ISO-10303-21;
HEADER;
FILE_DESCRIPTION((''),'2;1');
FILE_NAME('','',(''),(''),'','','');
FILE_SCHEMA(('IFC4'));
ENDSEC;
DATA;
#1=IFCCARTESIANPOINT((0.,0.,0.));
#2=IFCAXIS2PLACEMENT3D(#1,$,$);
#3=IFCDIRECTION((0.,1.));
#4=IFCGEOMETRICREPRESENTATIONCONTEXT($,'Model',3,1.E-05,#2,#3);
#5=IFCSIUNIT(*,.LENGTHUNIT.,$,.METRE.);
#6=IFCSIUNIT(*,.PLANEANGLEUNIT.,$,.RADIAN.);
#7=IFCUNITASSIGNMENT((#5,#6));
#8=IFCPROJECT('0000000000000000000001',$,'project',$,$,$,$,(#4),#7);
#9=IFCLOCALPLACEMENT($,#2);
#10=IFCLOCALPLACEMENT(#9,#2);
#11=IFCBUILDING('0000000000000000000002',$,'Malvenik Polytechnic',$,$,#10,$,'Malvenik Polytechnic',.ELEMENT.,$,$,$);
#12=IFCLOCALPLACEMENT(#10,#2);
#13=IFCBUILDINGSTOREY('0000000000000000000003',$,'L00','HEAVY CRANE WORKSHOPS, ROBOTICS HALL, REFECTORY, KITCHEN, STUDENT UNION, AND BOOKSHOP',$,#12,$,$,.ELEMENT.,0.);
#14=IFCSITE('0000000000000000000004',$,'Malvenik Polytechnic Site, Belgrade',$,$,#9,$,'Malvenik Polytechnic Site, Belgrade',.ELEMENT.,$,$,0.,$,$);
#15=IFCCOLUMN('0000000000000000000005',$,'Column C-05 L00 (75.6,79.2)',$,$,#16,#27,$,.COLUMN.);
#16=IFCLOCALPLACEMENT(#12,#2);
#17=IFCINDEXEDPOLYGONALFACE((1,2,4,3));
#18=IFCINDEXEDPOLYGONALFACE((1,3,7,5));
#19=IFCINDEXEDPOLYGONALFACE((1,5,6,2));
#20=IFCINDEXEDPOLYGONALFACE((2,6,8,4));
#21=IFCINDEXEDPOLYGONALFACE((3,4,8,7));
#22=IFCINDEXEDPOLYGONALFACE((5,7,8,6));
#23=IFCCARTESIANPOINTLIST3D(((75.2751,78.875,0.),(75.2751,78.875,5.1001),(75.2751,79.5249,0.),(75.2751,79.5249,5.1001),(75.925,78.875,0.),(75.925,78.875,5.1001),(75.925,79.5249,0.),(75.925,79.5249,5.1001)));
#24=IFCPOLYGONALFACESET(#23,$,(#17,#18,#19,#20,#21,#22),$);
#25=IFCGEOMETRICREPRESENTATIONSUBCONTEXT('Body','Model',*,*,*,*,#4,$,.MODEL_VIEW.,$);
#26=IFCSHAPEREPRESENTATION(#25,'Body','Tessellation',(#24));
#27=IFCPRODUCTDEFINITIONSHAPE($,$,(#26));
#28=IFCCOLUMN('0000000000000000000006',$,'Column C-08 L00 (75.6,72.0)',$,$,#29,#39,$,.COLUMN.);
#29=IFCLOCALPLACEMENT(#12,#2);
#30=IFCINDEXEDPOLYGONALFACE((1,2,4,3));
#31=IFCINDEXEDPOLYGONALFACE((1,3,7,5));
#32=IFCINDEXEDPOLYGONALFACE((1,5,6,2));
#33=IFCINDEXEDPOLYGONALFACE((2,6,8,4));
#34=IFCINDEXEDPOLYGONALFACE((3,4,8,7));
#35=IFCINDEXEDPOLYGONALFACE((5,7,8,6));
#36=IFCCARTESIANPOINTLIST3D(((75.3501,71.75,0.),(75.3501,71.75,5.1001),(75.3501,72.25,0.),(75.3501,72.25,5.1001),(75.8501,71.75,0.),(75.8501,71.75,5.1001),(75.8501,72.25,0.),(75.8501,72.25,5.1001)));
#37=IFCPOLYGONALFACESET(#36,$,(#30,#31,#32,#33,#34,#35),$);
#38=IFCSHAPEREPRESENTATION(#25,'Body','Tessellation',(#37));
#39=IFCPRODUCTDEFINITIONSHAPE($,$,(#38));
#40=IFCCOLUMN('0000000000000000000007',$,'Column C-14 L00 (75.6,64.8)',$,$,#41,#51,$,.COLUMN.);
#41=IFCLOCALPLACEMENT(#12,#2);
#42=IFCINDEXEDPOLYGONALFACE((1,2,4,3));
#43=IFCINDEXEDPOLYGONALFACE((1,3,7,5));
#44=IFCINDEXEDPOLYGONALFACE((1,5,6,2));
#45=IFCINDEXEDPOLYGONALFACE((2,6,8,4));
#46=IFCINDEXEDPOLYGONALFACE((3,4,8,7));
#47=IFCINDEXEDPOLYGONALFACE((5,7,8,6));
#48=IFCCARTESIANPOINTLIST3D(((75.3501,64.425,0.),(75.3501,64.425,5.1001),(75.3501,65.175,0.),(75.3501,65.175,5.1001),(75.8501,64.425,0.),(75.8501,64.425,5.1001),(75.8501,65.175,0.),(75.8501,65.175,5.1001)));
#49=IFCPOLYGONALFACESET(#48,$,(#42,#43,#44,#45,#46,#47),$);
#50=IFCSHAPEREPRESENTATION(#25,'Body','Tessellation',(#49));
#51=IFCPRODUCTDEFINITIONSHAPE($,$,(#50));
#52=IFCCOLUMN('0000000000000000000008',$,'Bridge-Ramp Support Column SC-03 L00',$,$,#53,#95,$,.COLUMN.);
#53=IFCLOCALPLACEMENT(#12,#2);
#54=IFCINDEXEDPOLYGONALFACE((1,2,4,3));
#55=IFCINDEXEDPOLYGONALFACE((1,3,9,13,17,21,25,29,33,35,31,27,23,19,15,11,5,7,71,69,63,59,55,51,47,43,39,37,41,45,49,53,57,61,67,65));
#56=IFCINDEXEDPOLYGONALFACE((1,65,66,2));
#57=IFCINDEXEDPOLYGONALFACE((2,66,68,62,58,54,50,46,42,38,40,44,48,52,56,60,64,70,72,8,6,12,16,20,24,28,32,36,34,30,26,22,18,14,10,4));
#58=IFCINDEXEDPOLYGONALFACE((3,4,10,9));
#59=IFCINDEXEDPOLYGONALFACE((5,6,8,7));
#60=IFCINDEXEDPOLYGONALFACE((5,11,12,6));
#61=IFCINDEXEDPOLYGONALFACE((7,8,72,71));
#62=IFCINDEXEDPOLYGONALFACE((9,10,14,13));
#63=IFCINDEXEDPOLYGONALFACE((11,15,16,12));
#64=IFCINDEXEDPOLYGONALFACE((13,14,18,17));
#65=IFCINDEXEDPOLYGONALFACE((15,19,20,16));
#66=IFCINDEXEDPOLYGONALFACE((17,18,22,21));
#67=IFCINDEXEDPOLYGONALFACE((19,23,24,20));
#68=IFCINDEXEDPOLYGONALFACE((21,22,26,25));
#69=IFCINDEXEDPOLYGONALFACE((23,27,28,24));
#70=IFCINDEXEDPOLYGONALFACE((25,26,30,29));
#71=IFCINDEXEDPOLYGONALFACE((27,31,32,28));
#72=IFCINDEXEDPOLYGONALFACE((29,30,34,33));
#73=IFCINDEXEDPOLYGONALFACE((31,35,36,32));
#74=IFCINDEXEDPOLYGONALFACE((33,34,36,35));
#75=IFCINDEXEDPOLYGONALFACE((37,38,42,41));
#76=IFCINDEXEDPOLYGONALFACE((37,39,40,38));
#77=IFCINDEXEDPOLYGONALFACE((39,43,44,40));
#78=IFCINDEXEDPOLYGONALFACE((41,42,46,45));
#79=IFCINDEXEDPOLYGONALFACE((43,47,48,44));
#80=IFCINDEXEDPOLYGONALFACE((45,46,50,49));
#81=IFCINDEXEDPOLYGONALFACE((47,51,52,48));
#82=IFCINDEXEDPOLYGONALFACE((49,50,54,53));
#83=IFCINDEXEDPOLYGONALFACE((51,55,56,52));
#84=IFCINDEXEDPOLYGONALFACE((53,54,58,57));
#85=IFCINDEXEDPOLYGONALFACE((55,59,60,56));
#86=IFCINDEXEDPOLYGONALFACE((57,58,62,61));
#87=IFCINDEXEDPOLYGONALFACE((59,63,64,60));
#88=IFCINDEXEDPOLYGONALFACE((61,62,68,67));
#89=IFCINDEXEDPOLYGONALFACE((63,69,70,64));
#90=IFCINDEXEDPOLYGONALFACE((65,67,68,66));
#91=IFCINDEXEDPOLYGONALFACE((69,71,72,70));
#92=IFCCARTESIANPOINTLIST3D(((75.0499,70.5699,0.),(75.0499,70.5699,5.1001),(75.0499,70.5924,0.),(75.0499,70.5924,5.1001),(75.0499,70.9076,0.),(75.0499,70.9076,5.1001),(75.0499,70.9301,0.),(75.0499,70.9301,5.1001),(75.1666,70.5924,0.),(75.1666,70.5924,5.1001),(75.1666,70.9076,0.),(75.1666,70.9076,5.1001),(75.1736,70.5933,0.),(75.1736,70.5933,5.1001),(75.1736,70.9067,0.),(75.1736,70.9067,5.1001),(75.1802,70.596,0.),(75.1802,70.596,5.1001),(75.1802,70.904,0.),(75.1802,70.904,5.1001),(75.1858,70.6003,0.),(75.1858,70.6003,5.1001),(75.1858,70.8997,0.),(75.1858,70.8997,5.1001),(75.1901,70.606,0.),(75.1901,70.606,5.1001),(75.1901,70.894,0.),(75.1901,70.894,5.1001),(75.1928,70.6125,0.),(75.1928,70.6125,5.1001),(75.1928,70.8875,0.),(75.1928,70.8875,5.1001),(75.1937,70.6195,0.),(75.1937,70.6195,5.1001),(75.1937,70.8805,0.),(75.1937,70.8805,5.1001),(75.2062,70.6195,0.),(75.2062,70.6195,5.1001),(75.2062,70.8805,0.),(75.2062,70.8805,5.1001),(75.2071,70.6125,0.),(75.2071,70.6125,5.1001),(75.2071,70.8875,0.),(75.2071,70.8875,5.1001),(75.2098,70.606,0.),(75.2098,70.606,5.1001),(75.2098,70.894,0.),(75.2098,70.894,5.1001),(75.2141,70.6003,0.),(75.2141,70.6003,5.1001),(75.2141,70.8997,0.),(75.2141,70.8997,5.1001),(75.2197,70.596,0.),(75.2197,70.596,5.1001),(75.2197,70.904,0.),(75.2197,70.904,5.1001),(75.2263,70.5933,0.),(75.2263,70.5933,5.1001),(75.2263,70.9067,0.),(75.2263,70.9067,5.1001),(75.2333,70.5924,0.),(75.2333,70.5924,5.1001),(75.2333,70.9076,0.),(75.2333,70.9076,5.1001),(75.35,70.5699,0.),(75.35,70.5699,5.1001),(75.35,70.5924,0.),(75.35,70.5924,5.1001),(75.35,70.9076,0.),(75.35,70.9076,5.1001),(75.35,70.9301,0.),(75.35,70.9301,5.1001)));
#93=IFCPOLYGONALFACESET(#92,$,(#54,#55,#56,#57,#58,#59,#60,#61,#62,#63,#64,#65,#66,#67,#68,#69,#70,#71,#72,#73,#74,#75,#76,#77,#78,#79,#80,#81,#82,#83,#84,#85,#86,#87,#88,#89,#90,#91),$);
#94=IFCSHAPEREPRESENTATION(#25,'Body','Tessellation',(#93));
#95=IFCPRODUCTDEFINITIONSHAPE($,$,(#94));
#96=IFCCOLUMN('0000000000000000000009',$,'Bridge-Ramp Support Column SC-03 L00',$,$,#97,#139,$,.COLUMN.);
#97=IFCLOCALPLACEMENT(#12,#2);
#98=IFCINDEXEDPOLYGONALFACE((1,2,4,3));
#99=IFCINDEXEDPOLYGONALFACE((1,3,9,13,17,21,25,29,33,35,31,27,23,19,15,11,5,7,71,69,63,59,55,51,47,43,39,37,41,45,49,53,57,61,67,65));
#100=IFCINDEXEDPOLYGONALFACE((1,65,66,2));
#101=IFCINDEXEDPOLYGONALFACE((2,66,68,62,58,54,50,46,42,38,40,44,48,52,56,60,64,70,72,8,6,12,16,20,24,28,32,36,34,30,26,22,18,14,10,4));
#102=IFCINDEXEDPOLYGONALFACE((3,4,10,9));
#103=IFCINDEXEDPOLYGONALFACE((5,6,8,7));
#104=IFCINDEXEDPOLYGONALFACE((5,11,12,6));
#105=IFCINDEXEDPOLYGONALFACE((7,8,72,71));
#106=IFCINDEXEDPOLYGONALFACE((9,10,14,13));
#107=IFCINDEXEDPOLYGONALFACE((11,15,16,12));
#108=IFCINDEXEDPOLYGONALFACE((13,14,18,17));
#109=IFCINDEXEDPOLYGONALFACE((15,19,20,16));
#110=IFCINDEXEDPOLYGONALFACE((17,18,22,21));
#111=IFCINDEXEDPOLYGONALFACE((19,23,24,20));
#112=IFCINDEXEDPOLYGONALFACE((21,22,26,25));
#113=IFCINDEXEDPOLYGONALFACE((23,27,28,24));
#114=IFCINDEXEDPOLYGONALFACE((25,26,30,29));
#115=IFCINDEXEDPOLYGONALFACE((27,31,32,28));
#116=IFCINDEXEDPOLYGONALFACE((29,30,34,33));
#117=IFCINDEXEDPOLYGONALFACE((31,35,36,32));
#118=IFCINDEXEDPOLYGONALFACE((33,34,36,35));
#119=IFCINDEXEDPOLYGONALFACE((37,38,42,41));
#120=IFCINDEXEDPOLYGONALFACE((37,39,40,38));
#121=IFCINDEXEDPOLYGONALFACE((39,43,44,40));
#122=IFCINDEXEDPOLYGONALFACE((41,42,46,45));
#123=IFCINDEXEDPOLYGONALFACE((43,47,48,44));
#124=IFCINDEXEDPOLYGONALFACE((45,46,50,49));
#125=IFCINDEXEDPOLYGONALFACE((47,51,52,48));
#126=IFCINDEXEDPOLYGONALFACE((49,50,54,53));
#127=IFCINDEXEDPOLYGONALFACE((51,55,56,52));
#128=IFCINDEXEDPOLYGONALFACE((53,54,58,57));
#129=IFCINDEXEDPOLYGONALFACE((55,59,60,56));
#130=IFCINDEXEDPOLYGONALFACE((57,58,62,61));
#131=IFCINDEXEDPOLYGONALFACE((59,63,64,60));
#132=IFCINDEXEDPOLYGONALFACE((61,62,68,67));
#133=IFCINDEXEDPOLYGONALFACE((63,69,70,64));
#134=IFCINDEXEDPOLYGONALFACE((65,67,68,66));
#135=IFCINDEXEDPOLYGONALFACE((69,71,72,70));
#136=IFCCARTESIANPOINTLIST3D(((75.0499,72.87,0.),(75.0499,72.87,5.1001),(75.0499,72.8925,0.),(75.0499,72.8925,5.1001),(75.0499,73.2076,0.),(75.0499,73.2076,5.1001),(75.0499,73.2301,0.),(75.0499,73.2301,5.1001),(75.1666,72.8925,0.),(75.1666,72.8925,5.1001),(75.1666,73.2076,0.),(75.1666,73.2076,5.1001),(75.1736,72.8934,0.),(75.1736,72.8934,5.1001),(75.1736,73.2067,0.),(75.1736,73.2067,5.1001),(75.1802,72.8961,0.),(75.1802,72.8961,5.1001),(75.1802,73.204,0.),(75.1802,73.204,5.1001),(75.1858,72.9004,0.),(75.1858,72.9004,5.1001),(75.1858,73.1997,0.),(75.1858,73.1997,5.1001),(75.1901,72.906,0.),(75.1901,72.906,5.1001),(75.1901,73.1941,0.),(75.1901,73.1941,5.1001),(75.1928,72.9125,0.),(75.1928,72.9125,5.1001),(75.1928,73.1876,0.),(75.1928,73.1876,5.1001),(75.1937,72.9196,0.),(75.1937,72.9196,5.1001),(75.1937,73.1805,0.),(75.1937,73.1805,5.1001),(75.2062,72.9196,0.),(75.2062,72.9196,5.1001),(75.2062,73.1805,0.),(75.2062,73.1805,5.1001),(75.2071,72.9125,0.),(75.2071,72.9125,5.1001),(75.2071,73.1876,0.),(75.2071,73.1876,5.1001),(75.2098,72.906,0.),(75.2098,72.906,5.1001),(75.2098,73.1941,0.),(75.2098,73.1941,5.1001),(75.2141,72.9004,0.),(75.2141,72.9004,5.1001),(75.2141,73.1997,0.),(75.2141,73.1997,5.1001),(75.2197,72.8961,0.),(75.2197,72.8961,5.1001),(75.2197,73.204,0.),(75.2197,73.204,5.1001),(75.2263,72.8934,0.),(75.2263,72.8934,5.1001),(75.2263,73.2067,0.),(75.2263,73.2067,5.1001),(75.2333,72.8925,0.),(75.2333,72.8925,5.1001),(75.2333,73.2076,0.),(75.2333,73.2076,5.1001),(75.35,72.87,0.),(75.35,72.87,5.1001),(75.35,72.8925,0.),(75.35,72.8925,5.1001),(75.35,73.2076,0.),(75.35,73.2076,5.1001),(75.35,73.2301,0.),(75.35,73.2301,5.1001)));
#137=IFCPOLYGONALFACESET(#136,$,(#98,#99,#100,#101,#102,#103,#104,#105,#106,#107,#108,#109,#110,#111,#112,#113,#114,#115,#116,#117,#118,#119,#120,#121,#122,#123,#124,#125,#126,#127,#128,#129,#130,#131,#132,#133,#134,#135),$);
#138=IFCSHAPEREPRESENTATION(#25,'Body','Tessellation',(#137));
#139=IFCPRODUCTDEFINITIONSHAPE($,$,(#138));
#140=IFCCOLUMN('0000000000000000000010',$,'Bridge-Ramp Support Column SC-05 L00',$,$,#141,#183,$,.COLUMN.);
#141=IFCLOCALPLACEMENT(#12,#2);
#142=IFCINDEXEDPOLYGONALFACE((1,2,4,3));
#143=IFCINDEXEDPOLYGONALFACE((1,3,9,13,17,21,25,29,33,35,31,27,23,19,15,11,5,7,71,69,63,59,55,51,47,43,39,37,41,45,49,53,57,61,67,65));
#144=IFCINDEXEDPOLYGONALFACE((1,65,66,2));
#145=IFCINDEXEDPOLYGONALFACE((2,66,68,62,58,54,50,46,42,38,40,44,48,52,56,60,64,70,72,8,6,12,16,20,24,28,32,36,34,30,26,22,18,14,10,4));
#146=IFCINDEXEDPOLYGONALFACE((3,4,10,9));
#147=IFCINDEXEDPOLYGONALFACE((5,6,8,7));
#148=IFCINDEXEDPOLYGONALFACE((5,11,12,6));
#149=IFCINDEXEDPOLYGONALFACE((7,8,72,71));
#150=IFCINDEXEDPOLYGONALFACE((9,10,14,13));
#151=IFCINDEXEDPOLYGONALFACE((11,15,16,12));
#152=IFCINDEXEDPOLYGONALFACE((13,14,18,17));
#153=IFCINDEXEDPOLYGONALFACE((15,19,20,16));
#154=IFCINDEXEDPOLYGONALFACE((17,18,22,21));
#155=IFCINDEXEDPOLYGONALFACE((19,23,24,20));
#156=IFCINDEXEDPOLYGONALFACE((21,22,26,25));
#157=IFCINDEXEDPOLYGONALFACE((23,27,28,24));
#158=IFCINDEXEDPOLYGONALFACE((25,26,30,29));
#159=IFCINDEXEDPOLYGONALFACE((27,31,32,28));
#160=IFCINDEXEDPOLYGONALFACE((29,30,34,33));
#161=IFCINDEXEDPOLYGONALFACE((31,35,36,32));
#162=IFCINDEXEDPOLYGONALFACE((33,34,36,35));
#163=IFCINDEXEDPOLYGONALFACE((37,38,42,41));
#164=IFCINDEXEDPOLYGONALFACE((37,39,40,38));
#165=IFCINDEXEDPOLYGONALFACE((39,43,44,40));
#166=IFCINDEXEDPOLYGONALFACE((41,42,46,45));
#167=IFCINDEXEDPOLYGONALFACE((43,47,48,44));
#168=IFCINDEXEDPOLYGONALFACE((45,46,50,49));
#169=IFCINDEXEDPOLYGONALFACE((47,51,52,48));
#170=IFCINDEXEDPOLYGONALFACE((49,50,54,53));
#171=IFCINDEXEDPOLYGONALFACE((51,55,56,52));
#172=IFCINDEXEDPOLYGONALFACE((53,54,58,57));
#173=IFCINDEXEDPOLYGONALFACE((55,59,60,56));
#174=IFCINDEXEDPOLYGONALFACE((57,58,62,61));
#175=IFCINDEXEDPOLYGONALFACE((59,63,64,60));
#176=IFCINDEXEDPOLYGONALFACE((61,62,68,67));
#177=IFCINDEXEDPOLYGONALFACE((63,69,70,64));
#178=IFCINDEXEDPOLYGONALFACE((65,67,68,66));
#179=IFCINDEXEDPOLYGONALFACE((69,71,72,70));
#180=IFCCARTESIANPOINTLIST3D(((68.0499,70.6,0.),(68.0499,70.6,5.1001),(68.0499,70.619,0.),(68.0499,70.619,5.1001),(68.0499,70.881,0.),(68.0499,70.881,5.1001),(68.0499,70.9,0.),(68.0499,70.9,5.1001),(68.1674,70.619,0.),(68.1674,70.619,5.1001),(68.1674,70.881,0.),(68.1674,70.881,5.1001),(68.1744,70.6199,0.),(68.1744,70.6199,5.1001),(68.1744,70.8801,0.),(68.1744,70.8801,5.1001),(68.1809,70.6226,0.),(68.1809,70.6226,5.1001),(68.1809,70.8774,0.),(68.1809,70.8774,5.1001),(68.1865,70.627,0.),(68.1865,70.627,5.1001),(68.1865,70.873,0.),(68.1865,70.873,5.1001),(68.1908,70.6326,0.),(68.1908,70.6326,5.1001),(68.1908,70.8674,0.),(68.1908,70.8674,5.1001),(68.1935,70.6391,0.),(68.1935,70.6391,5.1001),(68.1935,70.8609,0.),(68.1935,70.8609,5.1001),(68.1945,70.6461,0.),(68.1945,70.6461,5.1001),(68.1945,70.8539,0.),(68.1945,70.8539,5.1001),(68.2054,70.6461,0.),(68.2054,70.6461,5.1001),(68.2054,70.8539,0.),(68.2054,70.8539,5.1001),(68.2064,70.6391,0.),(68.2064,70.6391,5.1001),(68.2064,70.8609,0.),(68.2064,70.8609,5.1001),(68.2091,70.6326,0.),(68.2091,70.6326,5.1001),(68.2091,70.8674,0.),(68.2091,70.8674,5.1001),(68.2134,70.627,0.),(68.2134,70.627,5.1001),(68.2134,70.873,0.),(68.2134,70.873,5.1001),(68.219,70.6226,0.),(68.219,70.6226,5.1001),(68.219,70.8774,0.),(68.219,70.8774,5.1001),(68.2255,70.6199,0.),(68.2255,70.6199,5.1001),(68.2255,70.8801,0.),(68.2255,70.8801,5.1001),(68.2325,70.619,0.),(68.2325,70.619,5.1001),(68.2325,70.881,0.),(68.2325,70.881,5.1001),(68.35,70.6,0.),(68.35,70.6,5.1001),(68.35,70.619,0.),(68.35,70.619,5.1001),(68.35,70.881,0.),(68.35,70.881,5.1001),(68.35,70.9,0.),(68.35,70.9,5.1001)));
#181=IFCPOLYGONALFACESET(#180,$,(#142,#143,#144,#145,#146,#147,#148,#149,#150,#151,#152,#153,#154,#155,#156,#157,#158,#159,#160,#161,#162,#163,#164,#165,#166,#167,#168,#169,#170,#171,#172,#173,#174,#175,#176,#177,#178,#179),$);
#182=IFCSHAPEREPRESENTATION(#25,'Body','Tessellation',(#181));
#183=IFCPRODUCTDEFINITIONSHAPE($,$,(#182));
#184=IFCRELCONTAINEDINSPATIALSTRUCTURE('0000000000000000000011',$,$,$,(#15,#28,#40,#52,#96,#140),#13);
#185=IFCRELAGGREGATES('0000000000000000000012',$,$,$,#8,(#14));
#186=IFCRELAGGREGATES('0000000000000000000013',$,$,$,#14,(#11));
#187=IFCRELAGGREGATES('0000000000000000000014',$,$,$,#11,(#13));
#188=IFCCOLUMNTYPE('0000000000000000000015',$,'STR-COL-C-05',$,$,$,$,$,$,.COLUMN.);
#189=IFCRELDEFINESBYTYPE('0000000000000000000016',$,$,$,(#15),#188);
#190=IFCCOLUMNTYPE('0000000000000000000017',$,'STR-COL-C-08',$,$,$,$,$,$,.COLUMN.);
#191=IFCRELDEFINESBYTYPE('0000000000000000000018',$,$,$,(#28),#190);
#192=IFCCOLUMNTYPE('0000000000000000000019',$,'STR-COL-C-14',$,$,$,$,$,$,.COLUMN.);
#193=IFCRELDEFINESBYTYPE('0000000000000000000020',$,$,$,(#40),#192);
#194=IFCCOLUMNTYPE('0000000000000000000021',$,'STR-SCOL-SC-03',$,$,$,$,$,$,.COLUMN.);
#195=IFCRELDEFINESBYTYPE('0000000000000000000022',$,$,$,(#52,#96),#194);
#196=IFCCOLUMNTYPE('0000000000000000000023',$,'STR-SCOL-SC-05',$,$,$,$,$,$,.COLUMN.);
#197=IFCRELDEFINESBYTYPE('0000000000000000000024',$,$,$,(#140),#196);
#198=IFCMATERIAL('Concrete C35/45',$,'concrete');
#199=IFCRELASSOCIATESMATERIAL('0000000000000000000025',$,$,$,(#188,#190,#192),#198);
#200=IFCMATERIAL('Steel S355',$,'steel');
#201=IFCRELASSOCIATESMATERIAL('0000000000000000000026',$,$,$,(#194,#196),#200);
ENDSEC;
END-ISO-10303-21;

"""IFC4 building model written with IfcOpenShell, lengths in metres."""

from ifc_helpers import new_model, si_unit, direction, frame, origin, origin_2d, place, context, subcontext, project, spatial, rectangle, i_section, extrude, material, material_profile, profile_set, type_object, element, save


model = new_model("IFC4")

# Units and contexts
model_context = context("Model", 3, precision=1e-05, world=origin(), true_north=direction((0.0, 1.0)))
body_context = subcontext(model_context, "Body", "Model", "MODEL_VIEW")
ifc_project = project(units=[si_unit("LENGTHUNIT", "METRE"), si_unit("PLANEANGLEUNIT", "RADIAN")], contexts=[model_context])

# Site, building, storey
site_placement = place(None, origin())
site = spatial("IfcSite", under=ifc_project, at=site_placement, Name="Malvenik Polytechnic Site, Belgrade", LongName="Malvenik Polytechnic Site, Belgrade", CompositionType="ELEMENT", RefElevation=0.0)
building_placement = place(site_placement, origin())
building = spatial("IfcBuilding", under=site, at=building_placement, Name="Malvenik Polytechnic", LongName="Malvenik Polytechnic", CompositionType="ELEMENT")
storey_placement = place(building_placement, origin())
storey = spatial("IfcBuildingStorey", under=building, at=storey_placement, Name="L00", Description="HEAVY CRANE WORKSHOPS, ROBOTICS HALL, REFECTORY, KITCHEN, STUDENT UNION, AND BOOKSHOP", CompositionType="ELEMENT", Elevation=0.0)

# Columns
ifc_material_1 = material(Name="Concrete C35/45", Category="concrete")
ifc_material_profile_1 = material_profile(ifc_material_1, rectangle(XDim=0.6499, YDim=0.6499, at=origin_2d()), Name="RC COL 650x650")
ifc_profile_set_1 = profile_set([ifc_material_profile_1], Name="Concrete C35/45")
column_type_1 = type_object("IfcColumnType", Name="STR-COL-C-05", PredefinedType="COLUMN", material=ifc_profile_set_1)
column_1_placement = place(storey_placement, frame((75.6001, 79.2, 0.0), z_axis=(0.0, 0.0, 1.0), x_axis=(1.0, 0.0, 0.0)))
element("IfcColumn", 1, at=column_1_placement, inside=storey, type_object=column_type_1, Name="Column C-05 L00 (75.6,79.2)", PredefinedType="COLUMN", context=body_context, shape_type="SweptSolid", body=[
    extrude(rectangle(XDim=0.6499, YDim=0.6499, at=origin_2d()), origin(), (0.0, 0.0, 1.0), 5.1001),
])
ifc_material_profile_2 = material_profile(ifc_material_1, rectangle(XDim=0.5, YDim=0.5, at=origin_2d()), Name="RC COL 500x500")
ifc_profile_set_2 = profile_set([ifc_material_profile_2], Name="Concrete C35/45")
column_type_2 = type_object("IfcColumnType", Name="STR-COL-C-08", PredefinedType="COLUMN", material=ifc_profile_set_2)
column_2_placement = place(storey_placement, frame((75.6001, 72.0, 0.0), z_axis=(0.0, 0.0, 1.0), x_axis=(1.0, 0.0, 0.0)))
element("IfcColumn", 2, at=column_2_placement, inside=storey, type_object=column_type_2, Name="Column C-08 L00 (75.6,72.0)", PredefinedType="COLUMN", context=body_context, shape_type="SweptSolid", body=[
    extrude(rectangle(XDim=0.5, YDim=0.5, at=origin_2d()), origin(), (0.0, 0.0, 1.0), 5.1001),
])
ifc_material_profile_3 = material_profile(ifc_material_1, rectangle(XDim=0.5, YDim=0.75, at=origin_2d()), Name="RC COL 750x500")
ifc_profile_set_3 = profile_set([ifc_material_profile_3], Name="Concrete C35/45")
column_type_3 = type_object("IfcColumnType", Name="STR-COL-C-14", PredefinedType="COLUMN", material=ifc_profile_set_3)
column_3_placement = place(storey_placement, frame((75.6001, 64.8, 0.0), z_axis=(0.0, 0.0, 1.0), x_axis=(1.0, 0.0, 0.0)))
element("IfcColumn", 3, at=column_3_placement, inside=storey, type_object=column_type_3, Name="Column C-14 L00 (75.6,64.8)", PredefinedType="COLUMN", context=body_context, shape_type="SweptSolid", body=[
    extrude(rectangle(XDim=0.5, YDim=0.75, at=origin_2d()), origin(), (0.0, 0.0, 1.0), 5.1001),
])
ifc_material_2 = material(Name="Steel S355", Category="steel")
ifc_material_profile_4 = material_profile(ifc_material_2, i_section(OverallWidth=0.3, OverallDepth=0.3601, WebThickness=0.0125, FlangeThickness=0.0225, FilletRadius=0.0271, at=origin_2d()), Name="HEB 360")
ifc_profile_set_4 = profile_set([ifc_material_profile_4], Name="Steel S355")
column_type_4 = type_object("IfcColumnType", Name="STR-SCOL-SC-03", PredefinedType="COLUMN", material=ifc_profile_set_4)
for number, where, z_axis, x_axis, name in (
    (4, (75.2, 70.75, 0.0), (0.0, 0.0, 1.0), (1.0, 0.0, 0.0), "Bridge-Ramp Support Column SC-03 L00"),
    (5, (75.2, 73.05, 0.0), (0.0, 0.0, 1.0), (1.0, 0.0, 0.0), "Bridge-Ramp Support Column SC-03 L00"),
):
    element("IfcColumn", number, at=place(storey_placement, frame(where, z_axis=z_axis, x_axis=x_axis)), inside=storey, type_object=column_type_4, Name=name, PredefinedType="COLUMN", context=body_context, shape_type="SweptSolid", body=[
        extrude(i_section(OverallWidth=0.3, OverallDepth=0.3601, WebThickness=0.0125, FlangeThickness=0.0225, FilletRadius=0.0271, at=origin_2d()), origin(), (0.0, 0.0, 1.0), 5.1001),
    ])
ifc_material_profile_5 = material_profile(ifc_material_2, i_section(OverallWidth=0.3, OverallDepth=0.3, WebThickness=0.011, FlangeThickness=0.019, FilletRadius=0.0271, at=origin_2d()), Name="HEB 300")
ifc_profile_set_5 = profile_set([ifc_material_profile_5], Name="Steel S355")
column_type_5 = type_object("IfcColumnType", Name="STR-SCOL-SC-05", PredefinedType="COLUMN", material=ifc_profile_set_5)
for number, where, z_axis, x_axis, name in (
    (6, (68.2, 70.75, 0.0), (0.0, 0.0, 1.0), (1.0, 0.0, 0.0), "Bridge-Ramp Support Column SC-05 L00"),
):
    element("IfcColumn", number, at=place(storey_placement, frame(where, z_axis=z_axis, x_axis=x_axis)), inside=storey, type_object=column_type_5, Name=name, PredefinedType="COLUMN", context=body_context, shape_type="SweptSolid", body=[
        extrude(i_section(OverallWidth=0.3, OverallDepth=0.3, WebThickness=0.011, FlangeThickness=0.019, FilletRadius=0.0271, at=origin_2d()), origin(), (0.0, 0.0, 1.0), 5.1001),
    ])

save(model, "model.ifc")
